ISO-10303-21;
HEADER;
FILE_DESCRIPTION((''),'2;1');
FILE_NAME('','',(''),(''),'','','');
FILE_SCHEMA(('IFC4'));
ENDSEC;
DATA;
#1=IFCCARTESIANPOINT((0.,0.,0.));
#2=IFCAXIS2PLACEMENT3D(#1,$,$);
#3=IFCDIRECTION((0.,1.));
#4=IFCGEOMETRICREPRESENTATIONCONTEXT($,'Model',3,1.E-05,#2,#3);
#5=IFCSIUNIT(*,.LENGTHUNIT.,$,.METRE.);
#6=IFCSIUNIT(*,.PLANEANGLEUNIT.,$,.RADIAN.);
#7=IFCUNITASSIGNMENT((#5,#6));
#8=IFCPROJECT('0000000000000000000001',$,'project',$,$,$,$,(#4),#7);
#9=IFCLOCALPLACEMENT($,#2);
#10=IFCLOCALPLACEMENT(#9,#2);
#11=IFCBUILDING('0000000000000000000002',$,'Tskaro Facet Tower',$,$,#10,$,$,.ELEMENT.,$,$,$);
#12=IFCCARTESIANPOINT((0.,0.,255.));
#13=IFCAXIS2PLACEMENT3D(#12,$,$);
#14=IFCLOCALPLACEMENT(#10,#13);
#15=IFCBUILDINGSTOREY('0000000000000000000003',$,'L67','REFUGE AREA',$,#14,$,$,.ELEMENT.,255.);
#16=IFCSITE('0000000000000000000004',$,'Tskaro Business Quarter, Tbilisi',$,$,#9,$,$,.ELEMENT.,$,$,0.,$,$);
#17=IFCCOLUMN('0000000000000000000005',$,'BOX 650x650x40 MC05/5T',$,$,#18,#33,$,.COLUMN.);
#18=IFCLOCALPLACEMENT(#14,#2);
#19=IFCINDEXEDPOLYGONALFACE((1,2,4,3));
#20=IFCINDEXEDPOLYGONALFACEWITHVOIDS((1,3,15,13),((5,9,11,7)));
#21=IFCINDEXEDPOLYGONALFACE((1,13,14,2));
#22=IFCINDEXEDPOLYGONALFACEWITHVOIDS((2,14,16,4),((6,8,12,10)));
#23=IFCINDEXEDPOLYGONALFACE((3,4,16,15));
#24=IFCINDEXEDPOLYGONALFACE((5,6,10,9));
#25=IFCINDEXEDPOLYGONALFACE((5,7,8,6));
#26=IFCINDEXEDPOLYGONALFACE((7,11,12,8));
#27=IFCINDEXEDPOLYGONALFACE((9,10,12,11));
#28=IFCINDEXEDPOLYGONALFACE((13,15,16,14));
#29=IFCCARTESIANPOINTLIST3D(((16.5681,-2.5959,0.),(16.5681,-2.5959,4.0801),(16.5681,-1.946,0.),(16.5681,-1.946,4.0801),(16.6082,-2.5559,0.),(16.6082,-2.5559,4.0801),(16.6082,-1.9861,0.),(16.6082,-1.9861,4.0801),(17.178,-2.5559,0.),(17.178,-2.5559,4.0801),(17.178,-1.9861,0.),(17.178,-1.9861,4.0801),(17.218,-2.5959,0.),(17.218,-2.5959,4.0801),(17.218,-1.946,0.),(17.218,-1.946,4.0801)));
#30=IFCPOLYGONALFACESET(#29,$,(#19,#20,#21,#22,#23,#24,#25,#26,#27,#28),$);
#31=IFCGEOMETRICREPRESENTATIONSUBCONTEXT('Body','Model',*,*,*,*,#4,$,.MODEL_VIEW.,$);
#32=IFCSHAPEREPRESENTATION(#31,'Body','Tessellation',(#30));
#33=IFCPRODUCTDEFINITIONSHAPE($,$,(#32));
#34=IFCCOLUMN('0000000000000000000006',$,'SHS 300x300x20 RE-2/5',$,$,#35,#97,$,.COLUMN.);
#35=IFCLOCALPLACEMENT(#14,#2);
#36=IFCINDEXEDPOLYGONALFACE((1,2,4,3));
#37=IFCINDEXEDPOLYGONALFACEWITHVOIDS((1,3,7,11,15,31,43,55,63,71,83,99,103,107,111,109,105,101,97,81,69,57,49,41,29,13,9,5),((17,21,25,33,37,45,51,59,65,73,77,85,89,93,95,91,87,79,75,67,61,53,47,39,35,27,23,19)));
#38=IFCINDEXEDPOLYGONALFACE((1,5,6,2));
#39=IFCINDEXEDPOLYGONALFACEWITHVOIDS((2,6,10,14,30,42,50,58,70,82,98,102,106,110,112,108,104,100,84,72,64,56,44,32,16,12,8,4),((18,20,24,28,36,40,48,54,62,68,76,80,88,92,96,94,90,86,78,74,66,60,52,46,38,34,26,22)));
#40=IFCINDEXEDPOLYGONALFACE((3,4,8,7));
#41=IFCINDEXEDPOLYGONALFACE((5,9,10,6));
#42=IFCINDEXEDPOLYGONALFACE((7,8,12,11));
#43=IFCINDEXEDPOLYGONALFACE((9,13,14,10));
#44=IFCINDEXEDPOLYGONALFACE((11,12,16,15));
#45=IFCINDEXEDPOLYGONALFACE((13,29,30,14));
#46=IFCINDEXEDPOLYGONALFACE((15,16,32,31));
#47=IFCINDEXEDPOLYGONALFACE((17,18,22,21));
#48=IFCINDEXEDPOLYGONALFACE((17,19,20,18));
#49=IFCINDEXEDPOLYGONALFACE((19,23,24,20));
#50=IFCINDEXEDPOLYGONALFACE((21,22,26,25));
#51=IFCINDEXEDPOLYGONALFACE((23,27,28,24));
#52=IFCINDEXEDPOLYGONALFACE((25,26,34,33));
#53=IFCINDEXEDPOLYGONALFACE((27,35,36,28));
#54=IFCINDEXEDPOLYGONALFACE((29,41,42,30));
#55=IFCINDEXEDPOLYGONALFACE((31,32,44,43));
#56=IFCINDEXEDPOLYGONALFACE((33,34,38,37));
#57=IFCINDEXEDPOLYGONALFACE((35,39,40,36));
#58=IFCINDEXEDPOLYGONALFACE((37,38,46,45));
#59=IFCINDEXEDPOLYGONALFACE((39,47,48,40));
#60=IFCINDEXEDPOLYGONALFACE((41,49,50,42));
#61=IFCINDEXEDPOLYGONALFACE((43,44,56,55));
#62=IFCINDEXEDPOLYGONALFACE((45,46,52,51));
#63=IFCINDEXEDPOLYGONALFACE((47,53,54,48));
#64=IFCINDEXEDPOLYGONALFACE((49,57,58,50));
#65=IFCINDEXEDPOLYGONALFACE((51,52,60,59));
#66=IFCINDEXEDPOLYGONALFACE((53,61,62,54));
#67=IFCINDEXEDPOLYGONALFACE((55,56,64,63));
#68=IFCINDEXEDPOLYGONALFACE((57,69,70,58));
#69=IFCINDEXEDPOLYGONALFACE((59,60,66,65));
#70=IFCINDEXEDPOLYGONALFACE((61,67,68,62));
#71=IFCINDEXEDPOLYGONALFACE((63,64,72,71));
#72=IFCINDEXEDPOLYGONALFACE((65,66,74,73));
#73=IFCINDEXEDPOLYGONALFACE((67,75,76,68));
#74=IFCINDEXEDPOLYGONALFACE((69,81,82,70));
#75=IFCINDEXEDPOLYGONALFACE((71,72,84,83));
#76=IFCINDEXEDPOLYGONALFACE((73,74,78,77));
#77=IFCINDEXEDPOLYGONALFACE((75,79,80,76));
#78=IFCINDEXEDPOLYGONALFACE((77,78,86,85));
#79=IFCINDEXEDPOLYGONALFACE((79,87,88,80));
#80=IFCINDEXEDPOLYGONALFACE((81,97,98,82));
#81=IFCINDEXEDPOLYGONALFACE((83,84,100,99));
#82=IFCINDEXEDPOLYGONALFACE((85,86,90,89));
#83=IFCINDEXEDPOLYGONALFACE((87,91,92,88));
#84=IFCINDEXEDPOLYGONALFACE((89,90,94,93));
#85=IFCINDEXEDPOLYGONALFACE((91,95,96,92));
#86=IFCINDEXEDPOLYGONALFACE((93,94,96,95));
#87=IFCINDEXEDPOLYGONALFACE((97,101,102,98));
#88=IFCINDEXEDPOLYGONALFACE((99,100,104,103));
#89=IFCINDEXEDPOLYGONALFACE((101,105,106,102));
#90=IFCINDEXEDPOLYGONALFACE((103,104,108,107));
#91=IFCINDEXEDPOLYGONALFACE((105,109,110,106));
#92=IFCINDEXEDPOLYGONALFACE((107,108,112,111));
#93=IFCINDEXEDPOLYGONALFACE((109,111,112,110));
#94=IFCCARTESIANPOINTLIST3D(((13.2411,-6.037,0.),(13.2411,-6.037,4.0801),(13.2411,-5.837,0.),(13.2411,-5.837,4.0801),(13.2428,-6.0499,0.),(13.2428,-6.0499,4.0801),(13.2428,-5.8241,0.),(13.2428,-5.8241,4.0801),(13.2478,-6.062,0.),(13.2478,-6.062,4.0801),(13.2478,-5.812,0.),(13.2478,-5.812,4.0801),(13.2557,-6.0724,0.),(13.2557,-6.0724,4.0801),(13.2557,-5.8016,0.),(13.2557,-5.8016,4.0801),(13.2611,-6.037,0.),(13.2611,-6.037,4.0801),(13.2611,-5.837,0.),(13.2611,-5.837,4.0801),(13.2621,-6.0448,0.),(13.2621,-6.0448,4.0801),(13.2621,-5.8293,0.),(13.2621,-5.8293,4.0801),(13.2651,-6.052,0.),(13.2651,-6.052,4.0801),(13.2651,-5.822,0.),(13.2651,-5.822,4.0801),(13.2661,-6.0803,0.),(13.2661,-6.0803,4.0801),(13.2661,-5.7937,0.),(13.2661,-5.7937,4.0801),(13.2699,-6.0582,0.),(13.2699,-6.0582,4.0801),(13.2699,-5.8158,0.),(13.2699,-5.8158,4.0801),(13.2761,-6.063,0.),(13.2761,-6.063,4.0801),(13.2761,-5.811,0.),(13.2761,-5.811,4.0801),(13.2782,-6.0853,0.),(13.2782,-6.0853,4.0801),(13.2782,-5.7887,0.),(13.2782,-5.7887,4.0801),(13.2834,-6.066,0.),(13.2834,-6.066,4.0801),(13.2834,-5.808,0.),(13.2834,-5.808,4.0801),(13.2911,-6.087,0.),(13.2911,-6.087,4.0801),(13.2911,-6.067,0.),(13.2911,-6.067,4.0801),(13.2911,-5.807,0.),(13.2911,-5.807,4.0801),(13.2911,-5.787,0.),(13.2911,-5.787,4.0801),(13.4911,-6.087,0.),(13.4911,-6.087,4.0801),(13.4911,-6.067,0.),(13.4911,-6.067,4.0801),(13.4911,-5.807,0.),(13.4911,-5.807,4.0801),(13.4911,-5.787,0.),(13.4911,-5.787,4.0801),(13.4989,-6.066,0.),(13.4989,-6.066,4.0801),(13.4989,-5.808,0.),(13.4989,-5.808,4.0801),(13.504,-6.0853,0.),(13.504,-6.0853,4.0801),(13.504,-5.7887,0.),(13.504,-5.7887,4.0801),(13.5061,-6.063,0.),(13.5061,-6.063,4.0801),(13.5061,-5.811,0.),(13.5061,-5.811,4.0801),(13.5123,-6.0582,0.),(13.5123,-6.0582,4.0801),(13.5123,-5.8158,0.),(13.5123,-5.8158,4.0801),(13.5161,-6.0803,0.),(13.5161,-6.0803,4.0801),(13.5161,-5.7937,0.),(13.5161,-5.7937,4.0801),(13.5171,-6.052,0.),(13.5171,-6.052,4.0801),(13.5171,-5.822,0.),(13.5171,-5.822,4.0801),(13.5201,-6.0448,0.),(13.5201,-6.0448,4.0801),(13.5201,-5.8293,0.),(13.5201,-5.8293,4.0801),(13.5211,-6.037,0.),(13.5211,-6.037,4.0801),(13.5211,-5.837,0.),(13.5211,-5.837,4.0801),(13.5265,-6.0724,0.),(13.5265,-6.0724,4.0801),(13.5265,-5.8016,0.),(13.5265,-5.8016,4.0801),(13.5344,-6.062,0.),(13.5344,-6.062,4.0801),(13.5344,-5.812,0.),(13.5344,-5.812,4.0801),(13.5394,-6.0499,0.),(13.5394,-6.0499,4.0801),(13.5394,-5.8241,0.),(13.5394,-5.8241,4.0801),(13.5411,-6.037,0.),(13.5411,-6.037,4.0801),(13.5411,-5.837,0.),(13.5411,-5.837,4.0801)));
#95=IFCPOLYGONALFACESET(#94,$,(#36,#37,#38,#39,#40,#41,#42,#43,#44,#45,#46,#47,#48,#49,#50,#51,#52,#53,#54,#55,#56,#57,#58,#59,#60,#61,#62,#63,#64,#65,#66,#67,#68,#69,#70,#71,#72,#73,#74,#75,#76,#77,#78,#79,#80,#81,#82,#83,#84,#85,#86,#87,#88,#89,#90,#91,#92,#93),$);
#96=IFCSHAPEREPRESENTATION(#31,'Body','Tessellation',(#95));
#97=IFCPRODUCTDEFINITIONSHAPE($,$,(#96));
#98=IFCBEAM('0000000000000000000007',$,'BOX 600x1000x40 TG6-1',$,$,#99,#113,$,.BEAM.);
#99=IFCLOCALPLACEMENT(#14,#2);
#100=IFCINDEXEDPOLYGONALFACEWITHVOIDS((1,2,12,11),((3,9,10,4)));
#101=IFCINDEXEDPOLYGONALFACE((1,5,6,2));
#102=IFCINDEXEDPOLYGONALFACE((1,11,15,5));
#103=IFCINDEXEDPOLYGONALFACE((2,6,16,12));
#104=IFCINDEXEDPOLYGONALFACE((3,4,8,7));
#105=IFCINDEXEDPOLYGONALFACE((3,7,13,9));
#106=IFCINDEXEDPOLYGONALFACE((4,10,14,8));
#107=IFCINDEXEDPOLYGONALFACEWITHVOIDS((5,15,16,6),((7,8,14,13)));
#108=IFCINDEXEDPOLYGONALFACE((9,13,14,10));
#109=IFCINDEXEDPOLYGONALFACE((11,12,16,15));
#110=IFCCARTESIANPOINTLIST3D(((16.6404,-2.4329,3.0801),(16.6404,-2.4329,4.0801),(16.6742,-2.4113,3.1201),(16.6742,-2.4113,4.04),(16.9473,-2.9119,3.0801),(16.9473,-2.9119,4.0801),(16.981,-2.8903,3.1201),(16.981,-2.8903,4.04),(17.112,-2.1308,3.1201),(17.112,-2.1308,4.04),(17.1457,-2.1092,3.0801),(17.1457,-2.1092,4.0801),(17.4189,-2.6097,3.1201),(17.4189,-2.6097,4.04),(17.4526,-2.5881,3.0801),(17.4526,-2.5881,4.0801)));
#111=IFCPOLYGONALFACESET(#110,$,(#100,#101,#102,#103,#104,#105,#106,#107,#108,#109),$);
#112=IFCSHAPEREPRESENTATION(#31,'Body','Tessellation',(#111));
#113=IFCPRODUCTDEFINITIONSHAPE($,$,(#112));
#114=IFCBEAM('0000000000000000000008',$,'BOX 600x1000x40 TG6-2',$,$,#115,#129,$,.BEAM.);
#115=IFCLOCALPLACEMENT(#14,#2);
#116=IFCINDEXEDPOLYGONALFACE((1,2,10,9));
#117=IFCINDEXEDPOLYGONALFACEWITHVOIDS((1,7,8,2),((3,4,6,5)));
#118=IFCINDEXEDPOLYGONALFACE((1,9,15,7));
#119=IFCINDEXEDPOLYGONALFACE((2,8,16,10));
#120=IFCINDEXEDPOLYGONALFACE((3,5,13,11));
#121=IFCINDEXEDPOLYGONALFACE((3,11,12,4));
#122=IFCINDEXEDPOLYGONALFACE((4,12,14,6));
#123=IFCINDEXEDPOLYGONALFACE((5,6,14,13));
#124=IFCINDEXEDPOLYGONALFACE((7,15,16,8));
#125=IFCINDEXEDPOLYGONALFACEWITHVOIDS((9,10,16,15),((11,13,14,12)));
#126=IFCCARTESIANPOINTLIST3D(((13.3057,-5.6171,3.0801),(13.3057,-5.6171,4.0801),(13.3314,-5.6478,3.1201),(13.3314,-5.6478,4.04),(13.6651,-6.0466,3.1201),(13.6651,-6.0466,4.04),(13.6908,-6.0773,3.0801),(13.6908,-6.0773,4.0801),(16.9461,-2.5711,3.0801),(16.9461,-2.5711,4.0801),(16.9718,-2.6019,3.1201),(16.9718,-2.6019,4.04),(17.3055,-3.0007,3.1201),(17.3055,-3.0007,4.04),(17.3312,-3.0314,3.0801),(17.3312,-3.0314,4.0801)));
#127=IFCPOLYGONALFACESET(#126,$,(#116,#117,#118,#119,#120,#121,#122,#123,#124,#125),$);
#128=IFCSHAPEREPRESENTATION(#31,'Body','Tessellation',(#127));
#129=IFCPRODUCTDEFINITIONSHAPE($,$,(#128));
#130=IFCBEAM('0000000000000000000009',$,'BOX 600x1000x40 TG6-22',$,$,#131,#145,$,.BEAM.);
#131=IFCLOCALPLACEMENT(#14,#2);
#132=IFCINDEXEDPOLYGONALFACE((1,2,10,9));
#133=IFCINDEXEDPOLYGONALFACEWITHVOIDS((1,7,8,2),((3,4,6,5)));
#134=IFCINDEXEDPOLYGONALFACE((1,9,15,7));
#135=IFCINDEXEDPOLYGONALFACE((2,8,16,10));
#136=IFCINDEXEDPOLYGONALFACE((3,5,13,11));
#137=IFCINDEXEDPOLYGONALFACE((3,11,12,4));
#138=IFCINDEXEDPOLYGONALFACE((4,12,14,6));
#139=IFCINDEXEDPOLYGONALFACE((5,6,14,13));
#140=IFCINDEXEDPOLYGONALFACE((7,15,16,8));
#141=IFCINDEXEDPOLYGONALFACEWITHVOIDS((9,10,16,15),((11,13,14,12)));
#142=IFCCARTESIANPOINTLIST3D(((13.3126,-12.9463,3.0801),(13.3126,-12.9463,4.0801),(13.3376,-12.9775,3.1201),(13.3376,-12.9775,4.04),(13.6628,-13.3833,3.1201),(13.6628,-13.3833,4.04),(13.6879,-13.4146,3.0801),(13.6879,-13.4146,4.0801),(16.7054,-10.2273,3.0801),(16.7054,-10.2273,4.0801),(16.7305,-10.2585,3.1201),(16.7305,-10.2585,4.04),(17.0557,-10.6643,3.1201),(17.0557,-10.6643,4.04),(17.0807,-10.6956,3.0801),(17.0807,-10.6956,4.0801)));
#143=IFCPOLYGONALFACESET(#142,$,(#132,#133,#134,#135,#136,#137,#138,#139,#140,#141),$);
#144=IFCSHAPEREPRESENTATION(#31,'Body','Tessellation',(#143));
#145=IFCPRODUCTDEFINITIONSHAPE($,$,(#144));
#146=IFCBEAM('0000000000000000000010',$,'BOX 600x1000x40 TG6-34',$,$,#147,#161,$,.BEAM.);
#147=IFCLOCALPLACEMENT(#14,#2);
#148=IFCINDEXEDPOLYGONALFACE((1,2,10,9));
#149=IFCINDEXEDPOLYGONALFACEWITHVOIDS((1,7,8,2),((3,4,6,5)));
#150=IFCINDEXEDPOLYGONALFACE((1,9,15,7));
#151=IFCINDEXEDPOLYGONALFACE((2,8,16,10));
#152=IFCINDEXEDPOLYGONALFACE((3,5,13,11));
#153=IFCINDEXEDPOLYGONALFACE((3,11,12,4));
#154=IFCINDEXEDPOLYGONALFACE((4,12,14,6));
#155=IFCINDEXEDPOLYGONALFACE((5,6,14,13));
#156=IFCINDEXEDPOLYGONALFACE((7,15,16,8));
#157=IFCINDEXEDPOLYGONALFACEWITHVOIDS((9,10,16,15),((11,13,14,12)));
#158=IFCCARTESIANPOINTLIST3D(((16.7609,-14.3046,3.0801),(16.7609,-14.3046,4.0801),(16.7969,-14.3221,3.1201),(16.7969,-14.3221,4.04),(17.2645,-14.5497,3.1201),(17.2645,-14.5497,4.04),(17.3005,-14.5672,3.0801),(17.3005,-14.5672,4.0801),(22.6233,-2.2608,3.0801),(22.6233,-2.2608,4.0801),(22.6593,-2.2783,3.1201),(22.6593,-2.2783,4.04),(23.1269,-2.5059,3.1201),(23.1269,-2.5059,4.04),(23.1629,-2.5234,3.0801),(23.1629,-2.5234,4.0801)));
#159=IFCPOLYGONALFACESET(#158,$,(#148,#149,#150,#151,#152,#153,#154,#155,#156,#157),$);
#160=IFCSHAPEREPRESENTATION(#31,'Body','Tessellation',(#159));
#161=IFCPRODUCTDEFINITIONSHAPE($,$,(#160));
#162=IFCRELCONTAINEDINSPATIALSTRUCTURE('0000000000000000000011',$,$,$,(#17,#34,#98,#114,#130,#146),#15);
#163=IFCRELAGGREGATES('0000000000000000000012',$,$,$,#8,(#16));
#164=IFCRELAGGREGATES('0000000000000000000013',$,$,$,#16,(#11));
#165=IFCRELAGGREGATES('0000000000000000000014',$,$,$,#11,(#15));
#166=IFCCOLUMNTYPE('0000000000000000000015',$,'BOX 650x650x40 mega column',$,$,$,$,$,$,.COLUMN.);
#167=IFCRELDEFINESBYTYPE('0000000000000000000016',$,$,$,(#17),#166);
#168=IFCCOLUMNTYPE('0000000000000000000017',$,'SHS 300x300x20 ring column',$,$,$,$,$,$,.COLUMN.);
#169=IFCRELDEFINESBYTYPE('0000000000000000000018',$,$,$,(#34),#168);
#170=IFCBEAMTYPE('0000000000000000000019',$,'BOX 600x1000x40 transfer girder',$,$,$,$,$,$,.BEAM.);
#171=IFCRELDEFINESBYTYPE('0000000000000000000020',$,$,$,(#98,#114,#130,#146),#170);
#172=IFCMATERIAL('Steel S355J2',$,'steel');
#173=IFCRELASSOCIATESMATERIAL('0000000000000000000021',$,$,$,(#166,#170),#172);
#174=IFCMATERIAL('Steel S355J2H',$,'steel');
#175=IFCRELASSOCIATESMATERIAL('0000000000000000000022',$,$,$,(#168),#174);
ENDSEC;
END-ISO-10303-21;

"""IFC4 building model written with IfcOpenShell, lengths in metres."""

from ifc_helpers import new_model, si_unit, direction, frame, origin, origin_2d, place, context, subcontext, project, spatial, hollow_rectangle, extrude, material, material_profile, profile_set, type_object, element, save


model = new_model("IFC4")

# Units and contexts
model_context = context("Model", 3, precision=1e-05, world=origin(), true_north=direction((0.0, 1.0)))
body_context = subcontext(model_context, "Body", "Model", "MODEL_VIEW")
ifc_project = project(units=[si_unit("LENGTHUNIT", "METRE"), si_unit("PLANEANGLEUNIT", "RADIAN")], contexts=[model_context])

# Site, building, storey
site_placement = place(None, origin())
site = spatial("IfcSite", under=ifc_project, at=site_placement, Name="Tskaro Business Quarter, Tbilisi", CompositionType="ELEMENT", RefElevation=0.0)
building_placement = place(site_placement, origin())
building = spatial("IfcBuilding", under=site, at=building_placement, Name="Tskaro Facet Tower", CompositionType="ELEMENT")
storey_placement = place(building_placement, frame((0.0, 0.0, 255.0)))
storey = spatial("IfcBuildingStorey", under=building, at=storey_placement, Name="L67", Description="REFUGE AREA", CompositionType="ELEMENT", Elevation=255.0)

# Columns
ifc_material_1 = material(Name="Steel S355J2", Category="steel")
ifc_material_profile_1 = material_profile(ifc_material_1, hollow_rectangle(XDim=0.6499, YDim=0.6499, WallThickness=0.04, at=origin_2d()), Name="BOX 650x650x40")
ifc_profile_set_1 = profile_set([ifc_material_profile_1], Name="Steel S355J2")
column_type_1 = type_object("IfcColumnType", Name="BOX 650x650x40 mega column", PredefinedType="COLUMN", material=ifc_profile_set_1)
column_1_placement = place(storey_placement, frame((16.8931, -2.271, 0.0), z_axis=(0.0, 0.0, 1.0), x_axis=(1.0, 0.0, 0.0)))
element("IfcColumn", 1, at=column_1_placement, inside=storey, type_object=column_type_1, Name="BOX 650x650x40 MC05/5T", PredefinedType="COLUMN", context=body_context, shape_type="SweptSolid", body=[
    extrude(hollow_rectangle(XDim=0.6499, YDim=0.6499, WallThickness=0.04, at=origin_2d()), origin(), (0.0, 0.0, 1.0), 4.0801),
])
ifc_material_2 = material(Name="Steel S355J2H", Category="steel")
ifc_material_profile_2 = material_profile(ifc_material_2, hollow_rectangle(XDim=0.3, YDim=0.3, WallThickness=0.02, InnerFilletRadius=0.03, OuterFilletRadius=0.05, at=origin_2d()), Name="SHS 300x300x20")
ifc_profile_set_2 = profile_set([ifc_material_profile_2], Name="Steel S355J2H")
column_type_2 = type_object("IfcColumnType", Name="SHS 300x300x20 ring column", PredefinedType="COLUMN", material=ifc_profile_set_2)
column_2_placement = place(storey_placement, frame((13.3911, -5.937, 0.0), z_axis=(0.0, 0.0, 1.0), x_axis=(1.0, 0.0, 0.0)))
element("IfcColumn", 2, at=column_2_placement, inside=storey, type_object=column_type_2, Name="SHS 300x300x20 RE-2/5", PredefinedType="COLUMN", context=body_context, shape_type="SweptSolid", body=[
    extrude(hollow_rectangle(XDim=0.3, YDim=0.3, WallThickness=0.02, InnerFilletRadius=0.03, OuterFilletRadius=0.05, at=origin_2d()), origin(), (0.0, 0.0, 1.0), 4.0801),
])

# Beams
ifc_material_profile_3 = material_profile(ifc_material_1, hollow_rectangle(XDim=0.6001, YDim=1.0, WallThickness=0.04, at=origin_2d()), Name="BOX 600x1000x40")
ifc_profile_set_3 = profile_set([ifc_material_profile_3], Name="Steel S355J2")
beam_type_1 = type_object("IfcBeamType", Name="BOX 600x1000x40 transfer girder", PredefinedType="BEAM", material=ifc_profile_set_3)
beam_1_placement = place(storey_placement, frame((17.2, -2.75, 3.5801), z_axis=(-0.539456, 0.842014, 0.0), x_axis=(-0.842014, -0.539456, 0.0)))
element("IfcBeam", 3, at=beam_1_placement, inside=storey, type_object=beam_type_1, Name="BOX 600x1000x40 TG6-1", PredefinedType="BEAM", context=body_context, shape_type="SweptSolid", body=[
    extrude(hollow_rectangle(XDim=0.6001, YDim=1.0, WallThickness=0.04, at=origin_2d()), origin(), (0.0, 0.0, 1.0), 0.5688),
])
beam_2_placement = place(storey_placement, frame((17.1387, -2.8013, 3.5801), z_axis=(-0.766951, -0.641706, 0.0), x_axis=(0.641706, -0.766951, 0.0)))
element("IfcBeam", 4, at=beam_2_placement, inside=storey, type_object=beam_type_1, Name="BOX 600x1000x40 TG6-2", PredefinedType="BEAM", context=body_context, shape_type="SweptSolid", body=[
    extrude(hollow_rectangle(XDim=0.6001, YDim=1.0, WallThickness=0.04, at=origin_2d()), origin(), (0.0, 0.0, 1.0), 4.7466),
])
beam_3_placement = place(storey_placement, frame((16.8931, -10.4614, 3.5801), z_axis=(-0.780337, -0.625359, 0.0), x_axis=(0.625359, -0.780337, 0.0)))
element("IfcBeam", 5, at=beam_3_placement, inside=storey, type_object=beam_type_1, Name="BOX 600x1000x40 TG6-22", PredefinedType="BEAM", context=body_context, shape_type="SweptSolid", body=[
    extrude(hollow_rectangle(XDim=0.6001, YDim=1.0, WallThickness=0.04, at=origin_2d()), origin(), (0.0, 0.0, 1.0), 4.3479),
])
beam_4_placement = place(storey_placement, frame((22.8931, -2.3921, 3.5801), z_axis=(-0.437659, -0.899141, 0.0), x_axis=(0.899141, -0.437659, 0.0)))
element("IfcBeam", 6, at=beam_4_placement, inside=storey, type_object=beam_type_1, Name="BOX 600x1000x40 TG6-34", PredefinedType="BEAM", context=body_context, shape_type="SweptSolid", body=[
    extrude(hollow_rectangle(XDim=0.6001, YDim=1.0, WallThickness=0.04, at=origin_2d()), origin(), (0.0, 0.0, 1.0), 13.3948),
])

save(model, "model.ifc")
